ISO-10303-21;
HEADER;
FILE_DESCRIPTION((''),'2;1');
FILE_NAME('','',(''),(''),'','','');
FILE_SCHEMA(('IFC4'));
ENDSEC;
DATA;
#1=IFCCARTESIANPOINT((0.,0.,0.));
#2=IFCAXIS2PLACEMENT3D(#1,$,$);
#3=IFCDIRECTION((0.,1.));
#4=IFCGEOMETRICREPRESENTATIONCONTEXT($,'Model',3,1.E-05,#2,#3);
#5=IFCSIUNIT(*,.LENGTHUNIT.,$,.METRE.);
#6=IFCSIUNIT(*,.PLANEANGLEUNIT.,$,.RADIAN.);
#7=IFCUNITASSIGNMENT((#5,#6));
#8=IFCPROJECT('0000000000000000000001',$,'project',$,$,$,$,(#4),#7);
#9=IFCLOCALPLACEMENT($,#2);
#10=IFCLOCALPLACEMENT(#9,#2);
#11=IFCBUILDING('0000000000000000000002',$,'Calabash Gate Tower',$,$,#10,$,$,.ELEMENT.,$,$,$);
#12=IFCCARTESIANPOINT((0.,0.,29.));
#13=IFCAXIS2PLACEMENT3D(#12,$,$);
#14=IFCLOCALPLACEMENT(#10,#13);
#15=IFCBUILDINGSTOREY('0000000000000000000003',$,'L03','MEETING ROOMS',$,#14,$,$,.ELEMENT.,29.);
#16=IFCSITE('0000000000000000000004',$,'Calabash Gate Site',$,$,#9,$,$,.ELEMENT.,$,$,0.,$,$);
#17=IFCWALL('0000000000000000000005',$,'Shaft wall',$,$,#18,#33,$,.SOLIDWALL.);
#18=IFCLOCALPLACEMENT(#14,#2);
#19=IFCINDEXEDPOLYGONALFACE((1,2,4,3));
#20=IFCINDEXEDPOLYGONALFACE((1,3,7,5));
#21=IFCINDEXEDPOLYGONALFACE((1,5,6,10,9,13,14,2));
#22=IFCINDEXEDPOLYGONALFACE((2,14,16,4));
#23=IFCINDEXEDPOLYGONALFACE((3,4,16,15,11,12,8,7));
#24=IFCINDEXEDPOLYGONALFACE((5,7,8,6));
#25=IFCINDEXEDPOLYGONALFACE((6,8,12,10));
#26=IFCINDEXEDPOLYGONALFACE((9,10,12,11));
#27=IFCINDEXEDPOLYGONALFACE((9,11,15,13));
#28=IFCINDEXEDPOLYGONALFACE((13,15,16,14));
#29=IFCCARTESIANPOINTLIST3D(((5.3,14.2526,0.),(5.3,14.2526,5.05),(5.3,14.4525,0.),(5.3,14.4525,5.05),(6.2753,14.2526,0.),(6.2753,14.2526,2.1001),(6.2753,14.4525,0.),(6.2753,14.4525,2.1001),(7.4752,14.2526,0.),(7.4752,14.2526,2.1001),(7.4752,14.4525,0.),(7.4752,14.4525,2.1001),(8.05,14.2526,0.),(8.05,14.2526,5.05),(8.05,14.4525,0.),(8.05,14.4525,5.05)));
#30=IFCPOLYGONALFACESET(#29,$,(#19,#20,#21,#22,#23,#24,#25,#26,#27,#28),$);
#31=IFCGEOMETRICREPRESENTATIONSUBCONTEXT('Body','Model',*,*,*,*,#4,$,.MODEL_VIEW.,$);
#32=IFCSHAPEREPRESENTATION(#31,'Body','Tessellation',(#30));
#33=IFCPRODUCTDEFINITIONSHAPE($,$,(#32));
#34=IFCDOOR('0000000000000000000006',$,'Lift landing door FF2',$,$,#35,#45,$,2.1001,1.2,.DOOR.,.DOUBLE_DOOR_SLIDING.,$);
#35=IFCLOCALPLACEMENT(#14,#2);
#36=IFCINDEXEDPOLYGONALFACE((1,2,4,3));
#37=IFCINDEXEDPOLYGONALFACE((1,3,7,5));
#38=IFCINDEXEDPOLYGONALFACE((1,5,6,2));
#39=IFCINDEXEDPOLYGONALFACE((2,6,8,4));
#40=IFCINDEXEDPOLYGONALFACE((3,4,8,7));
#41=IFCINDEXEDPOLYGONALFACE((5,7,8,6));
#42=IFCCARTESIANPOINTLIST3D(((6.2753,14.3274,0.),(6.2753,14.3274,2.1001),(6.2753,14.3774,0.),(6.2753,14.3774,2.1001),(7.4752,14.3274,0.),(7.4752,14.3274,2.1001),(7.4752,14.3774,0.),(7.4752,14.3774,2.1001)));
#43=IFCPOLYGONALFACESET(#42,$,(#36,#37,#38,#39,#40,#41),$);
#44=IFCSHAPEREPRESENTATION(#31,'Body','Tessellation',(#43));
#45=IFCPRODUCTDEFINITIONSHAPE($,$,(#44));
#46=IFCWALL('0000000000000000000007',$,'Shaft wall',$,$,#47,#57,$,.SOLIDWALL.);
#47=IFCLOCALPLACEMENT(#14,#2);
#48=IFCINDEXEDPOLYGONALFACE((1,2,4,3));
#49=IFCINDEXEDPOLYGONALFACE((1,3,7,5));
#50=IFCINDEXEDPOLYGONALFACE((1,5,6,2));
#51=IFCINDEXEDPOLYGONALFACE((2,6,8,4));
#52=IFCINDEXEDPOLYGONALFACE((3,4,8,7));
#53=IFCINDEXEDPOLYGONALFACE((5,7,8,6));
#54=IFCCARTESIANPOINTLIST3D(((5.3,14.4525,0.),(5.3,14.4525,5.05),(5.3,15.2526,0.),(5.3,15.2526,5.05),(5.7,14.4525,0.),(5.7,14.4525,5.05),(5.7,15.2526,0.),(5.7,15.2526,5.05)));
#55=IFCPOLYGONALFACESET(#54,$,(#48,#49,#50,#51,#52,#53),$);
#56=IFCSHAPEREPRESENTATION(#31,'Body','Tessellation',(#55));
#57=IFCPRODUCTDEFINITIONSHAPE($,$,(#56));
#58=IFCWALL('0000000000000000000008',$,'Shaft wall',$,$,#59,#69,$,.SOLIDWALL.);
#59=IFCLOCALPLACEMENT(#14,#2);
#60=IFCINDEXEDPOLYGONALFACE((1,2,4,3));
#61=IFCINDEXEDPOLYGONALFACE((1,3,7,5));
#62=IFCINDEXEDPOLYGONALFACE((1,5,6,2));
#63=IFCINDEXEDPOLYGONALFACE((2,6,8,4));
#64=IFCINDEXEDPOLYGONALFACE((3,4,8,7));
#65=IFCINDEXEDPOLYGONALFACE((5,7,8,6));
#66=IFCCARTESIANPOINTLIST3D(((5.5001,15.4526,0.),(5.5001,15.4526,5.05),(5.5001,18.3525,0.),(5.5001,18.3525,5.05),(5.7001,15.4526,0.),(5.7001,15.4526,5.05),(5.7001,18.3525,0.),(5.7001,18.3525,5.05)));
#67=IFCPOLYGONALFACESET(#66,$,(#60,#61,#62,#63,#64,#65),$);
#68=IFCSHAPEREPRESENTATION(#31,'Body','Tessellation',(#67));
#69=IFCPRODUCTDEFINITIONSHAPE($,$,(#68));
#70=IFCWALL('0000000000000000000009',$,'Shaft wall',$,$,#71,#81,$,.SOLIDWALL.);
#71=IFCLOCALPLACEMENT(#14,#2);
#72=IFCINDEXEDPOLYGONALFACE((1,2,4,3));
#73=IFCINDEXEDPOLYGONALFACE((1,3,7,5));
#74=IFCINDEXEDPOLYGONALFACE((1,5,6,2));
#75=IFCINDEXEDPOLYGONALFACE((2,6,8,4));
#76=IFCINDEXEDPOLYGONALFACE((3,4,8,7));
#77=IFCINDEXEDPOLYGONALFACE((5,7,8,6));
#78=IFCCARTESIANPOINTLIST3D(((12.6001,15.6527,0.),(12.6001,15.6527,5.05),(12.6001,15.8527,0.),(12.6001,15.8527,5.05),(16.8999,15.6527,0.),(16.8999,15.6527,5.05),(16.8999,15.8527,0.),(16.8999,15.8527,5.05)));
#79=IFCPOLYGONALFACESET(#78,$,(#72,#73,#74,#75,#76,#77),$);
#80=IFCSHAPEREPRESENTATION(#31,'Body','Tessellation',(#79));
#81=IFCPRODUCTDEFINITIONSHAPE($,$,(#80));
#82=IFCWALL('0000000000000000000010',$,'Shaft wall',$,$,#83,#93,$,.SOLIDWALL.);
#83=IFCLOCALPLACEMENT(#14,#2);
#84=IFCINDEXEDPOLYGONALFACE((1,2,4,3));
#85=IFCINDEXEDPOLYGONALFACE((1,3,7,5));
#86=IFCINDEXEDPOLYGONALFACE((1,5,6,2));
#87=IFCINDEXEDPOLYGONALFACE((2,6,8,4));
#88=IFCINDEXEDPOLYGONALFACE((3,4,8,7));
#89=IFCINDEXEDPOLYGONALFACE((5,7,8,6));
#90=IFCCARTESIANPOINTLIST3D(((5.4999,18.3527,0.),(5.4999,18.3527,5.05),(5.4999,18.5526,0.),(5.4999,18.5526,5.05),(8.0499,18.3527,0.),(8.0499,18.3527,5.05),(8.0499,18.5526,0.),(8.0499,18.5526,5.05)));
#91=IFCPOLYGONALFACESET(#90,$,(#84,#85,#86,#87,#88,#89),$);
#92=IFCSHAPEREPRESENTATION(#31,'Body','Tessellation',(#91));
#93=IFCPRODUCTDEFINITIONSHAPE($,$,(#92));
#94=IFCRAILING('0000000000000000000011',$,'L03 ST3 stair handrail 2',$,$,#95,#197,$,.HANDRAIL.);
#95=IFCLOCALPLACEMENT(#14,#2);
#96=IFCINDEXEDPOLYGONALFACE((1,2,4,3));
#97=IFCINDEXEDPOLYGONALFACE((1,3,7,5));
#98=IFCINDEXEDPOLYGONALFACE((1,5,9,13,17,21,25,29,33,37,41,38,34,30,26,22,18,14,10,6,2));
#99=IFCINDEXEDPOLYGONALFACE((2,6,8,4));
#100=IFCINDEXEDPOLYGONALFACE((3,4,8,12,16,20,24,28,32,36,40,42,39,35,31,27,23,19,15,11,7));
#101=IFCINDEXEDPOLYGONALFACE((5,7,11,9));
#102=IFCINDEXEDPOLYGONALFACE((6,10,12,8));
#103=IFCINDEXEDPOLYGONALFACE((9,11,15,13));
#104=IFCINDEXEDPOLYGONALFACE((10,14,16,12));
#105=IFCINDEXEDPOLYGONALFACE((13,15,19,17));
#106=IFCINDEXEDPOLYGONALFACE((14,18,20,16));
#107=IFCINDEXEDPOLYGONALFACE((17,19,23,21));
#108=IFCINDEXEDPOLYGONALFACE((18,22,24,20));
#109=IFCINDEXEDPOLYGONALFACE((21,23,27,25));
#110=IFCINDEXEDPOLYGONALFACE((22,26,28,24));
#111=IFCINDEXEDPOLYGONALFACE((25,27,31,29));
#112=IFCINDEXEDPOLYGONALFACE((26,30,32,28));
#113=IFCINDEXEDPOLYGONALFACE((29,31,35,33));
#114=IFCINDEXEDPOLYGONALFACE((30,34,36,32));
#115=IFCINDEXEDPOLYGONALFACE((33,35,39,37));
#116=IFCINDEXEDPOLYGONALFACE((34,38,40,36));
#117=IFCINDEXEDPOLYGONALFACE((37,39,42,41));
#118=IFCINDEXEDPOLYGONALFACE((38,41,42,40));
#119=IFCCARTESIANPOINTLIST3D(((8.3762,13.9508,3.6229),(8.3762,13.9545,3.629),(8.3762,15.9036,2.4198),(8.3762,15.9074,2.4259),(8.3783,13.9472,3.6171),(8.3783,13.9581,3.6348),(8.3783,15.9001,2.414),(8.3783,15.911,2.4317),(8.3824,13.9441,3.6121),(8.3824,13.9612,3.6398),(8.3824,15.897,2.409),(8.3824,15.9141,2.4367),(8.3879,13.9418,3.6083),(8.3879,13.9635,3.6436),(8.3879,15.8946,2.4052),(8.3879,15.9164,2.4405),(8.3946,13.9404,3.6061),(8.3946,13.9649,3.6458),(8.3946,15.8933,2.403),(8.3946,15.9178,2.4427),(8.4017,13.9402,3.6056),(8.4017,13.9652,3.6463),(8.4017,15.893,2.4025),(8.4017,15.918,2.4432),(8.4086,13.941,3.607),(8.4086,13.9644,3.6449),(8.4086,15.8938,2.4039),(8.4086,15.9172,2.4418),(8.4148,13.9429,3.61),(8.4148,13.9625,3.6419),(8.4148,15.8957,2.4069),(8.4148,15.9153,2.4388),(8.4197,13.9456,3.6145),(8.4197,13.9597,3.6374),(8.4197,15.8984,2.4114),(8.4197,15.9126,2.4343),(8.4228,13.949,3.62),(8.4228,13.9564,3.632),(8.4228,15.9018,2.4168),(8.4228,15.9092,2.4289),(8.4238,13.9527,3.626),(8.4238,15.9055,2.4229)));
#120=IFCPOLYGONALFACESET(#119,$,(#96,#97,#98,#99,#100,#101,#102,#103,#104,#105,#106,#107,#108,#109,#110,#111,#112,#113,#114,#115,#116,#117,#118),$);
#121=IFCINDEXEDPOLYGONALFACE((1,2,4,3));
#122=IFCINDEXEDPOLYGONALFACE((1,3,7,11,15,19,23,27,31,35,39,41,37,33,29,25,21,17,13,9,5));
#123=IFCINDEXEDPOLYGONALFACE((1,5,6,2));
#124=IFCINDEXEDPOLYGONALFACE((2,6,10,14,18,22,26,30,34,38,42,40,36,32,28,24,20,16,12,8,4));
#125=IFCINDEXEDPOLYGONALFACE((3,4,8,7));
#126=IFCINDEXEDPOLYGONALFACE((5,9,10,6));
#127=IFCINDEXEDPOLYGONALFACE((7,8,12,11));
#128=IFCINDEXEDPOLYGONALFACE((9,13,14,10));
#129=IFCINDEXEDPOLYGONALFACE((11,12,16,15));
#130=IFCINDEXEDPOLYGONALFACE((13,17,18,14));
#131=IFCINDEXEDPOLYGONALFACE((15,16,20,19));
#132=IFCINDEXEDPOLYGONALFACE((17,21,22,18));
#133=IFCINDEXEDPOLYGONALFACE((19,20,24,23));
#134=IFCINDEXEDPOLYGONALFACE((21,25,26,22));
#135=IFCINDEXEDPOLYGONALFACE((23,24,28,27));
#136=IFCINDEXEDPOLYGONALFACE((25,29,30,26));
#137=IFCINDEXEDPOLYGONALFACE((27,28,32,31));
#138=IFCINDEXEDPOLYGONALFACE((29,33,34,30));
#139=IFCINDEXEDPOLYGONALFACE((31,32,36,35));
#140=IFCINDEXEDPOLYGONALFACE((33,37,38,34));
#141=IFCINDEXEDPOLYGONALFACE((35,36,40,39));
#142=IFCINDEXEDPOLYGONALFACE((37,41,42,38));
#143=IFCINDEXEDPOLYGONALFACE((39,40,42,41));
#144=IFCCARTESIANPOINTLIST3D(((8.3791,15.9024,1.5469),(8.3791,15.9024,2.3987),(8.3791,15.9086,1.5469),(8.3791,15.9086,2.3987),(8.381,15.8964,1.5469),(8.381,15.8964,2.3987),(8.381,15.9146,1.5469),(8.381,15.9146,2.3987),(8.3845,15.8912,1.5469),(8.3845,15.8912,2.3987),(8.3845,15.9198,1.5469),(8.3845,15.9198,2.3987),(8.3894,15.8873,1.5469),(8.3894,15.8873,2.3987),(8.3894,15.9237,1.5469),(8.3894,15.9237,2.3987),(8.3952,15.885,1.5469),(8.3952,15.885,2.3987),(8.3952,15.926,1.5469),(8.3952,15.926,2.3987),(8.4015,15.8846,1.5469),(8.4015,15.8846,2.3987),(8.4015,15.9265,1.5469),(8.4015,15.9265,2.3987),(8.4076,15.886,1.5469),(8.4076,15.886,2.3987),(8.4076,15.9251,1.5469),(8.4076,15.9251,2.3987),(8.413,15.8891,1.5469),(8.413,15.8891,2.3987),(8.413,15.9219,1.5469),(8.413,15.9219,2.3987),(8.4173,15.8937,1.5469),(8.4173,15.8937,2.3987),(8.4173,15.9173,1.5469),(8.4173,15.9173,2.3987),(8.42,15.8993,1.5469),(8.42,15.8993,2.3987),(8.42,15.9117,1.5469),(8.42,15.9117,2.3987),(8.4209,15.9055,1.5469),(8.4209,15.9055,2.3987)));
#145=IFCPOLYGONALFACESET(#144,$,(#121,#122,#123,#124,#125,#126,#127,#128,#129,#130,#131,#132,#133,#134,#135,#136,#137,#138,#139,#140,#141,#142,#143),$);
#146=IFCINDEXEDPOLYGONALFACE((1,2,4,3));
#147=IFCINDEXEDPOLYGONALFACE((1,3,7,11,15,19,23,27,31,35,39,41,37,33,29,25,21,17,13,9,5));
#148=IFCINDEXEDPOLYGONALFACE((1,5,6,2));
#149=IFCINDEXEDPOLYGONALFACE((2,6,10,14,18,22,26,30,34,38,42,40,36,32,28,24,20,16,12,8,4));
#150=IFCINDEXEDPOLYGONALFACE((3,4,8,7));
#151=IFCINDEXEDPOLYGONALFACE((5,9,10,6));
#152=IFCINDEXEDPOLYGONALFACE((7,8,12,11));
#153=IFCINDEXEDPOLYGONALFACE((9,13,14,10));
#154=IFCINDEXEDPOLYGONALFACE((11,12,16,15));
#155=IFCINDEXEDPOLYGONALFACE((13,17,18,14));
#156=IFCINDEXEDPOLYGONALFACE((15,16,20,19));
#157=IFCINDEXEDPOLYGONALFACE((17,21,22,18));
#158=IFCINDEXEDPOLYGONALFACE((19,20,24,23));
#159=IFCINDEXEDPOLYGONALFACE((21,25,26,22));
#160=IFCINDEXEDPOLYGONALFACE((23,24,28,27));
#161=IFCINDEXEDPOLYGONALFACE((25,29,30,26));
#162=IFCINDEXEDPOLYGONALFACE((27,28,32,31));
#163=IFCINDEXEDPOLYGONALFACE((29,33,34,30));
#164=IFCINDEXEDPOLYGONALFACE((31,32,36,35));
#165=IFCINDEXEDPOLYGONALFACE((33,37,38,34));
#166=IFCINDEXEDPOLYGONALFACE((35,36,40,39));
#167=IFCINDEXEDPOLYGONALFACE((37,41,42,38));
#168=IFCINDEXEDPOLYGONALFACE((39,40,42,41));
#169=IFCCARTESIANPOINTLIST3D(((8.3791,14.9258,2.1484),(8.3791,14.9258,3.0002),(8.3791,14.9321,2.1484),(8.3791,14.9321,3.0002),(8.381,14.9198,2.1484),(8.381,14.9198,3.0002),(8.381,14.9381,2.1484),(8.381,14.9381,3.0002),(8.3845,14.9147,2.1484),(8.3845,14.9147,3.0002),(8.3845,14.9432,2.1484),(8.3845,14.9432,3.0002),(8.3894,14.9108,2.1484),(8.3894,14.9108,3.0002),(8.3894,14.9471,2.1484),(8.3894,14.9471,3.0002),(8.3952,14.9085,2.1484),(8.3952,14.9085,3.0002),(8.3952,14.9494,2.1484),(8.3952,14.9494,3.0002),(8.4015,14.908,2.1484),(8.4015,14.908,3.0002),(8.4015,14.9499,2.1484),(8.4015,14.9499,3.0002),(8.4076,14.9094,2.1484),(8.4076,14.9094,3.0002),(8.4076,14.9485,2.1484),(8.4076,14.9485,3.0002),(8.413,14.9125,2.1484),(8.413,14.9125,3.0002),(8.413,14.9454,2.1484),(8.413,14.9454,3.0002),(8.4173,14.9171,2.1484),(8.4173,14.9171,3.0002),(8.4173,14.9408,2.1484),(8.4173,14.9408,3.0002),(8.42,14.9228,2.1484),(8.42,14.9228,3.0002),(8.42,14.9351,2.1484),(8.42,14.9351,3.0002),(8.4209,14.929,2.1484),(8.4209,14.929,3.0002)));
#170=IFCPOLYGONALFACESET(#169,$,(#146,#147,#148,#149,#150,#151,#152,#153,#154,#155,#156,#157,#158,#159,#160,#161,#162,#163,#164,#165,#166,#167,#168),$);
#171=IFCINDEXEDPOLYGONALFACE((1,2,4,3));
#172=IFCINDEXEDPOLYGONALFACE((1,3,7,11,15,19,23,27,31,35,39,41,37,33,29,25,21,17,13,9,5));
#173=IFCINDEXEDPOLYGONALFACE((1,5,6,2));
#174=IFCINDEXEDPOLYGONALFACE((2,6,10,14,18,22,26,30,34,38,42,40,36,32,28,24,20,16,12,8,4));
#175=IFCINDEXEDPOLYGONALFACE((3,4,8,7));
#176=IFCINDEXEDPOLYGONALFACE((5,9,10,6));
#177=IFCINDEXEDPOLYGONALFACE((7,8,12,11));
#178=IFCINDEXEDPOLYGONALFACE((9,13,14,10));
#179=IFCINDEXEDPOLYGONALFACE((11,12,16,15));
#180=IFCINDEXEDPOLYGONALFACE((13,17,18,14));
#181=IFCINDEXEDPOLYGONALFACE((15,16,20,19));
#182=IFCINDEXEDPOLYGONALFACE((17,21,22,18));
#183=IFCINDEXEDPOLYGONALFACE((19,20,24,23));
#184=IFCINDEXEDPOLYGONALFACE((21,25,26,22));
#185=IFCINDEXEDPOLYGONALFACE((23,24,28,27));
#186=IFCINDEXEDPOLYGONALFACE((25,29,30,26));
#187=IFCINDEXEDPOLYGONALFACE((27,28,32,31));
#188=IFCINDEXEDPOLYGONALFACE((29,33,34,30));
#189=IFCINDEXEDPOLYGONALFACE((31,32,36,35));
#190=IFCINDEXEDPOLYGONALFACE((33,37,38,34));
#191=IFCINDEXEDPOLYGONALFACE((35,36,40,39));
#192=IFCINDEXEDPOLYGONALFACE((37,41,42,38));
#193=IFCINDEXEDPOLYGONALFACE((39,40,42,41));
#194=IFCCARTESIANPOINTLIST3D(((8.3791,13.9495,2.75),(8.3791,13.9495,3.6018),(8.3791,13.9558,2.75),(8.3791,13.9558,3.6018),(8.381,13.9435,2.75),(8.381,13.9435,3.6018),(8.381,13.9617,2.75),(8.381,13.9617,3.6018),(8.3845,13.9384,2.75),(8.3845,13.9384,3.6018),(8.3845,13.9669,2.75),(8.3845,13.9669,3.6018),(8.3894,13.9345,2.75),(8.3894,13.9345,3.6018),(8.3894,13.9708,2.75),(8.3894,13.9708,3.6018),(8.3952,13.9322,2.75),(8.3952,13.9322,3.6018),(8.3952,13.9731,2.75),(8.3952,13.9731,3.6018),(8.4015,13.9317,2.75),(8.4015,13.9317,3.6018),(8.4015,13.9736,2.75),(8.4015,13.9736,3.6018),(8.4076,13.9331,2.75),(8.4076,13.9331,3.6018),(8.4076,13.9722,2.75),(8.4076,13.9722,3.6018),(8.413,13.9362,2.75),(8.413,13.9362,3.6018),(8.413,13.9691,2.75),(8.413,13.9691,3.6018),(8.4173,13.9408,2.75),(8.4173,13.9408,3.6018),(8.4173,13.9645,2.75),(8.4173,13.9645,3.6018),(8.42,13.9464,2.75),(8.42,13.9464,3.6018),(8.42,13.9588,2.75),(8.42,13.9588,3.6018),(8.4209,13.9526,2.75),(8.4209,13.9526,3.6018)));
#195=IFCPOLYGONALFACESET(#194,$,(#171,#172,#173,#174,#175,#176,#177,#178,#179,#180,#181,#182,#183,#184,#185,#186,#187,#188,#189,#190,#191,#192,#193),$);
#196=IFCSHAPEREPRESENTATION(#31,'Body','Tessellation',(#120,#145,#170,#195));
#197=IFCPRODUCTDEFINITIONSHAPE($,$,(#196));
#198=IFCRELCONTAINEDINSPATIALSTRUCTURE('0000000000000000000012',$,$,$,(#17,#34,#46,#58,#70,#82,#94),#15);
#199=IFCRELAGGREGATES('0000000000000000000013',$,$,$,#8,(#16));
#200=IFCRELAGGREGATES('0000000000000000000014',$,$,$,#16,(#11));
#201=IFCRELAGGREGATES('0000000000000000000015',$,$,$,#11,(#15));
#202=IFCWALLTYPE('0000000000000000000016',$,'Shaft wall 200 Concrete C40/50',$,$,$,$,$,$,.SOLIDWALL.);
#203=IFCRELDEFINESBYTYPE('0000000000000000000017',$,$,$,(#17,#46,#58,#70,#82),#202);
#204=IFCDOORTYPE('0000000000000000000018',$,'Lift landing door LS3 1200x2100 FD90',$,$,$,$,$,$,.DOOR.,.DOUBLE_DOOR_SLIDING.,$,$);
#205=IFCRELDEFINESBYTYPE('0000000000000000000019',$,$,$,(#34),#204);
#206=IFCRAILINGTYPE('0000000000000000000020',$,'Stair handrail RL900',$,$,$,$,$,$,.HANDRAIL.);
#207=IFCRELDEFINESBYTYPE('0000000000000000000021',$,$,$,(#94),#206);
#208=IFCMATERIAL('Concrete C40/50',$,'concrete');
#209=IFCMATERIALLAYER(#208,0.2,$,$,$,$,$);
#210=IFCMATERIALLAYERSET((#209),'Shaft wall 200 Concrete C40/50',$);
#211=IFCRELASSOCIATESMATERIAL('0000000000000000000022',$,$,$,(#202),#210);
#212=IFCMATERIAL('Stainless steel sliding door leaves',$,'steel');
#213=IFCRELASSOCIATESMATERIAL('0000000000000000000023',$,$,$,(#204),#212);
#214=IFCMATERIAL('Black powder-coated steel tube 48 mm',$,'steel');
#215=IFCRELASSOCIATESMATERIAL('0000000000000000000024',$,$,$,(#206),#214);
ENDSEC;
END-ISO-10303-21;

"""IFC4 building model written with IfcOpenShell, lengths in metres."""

from ifc_helpers import new_model, si_unit, direction, frame, frame_2d, origin, origin_2d, place, context, subcontext, project, spatial, rectangle, circle, extrude, material, layer, layer_set, type_object, element, fill, save


model = new_model("IFC4")

# Units and contexts
model_context = context("Model", 3, precision=1e-05, world=origin(), true_north=direction((0.0, 1.0)))
body_context = subcontext(model_context, "Body", "Model", "MODEL_VIEW")
ifc_project = project(units=[si_unit("LENGTHUNIT", "METRE"), si_unit("PLANEANGLEUNIT", "RADIAN")], contexts=[model_context])

# Site, building, storey
site_placement = place(None, origin())
site = spatial("IfcSite", under=ifc_project, at=site_placement, Name="Calabash Gate Site", CompositionType="ELEMENT", RefElevation=0.0)
building_placement = place(site_placement, origin())
building = spatial("IfcBuilding", under=site, at=building_placement, Name="Calabash Gate Tower", CompositionType="ELEMENT")
storey_placement = place(building_placement, frame((0.0, 0.0, 29.0)))
storey = spatial("IfcBuildingStorey", under=building, at=storey_placement, Name="L03", Description="MEETING ROOMS", CompositionType="ELEMENT", Elevation=29.0)

# Wall, opening, door
ifc_material_1 = material(Name="Concrete C40/50", Category="concrete")
ifc_layer_1 = layer(ifc_material_1, 0.2)
ifc_layer_set_1 = layer_set([ifc_layer_1], Name="Shaft wall 200 Concrete C40/50")
wall_type_1 = type_object("IfcWallType", Name="Shaft wall 200 Concrete C40/50", PredefinedType="SOLIDWALL", material=ifc_layer_set_1)
wall_1_placement = place(storey_placement, frame((5.3, 14.3525, 0.0), z_axis=(0.0, 0.0, 1.0), x_axis=(1.0, 0.0, 0.0)))
wall_1 = element("IfcWall", 1, at=wall_1_placement, inside=storey, type_object=wall_type_1, Name="Shaft wall", PredefinedType="SOLIDWALL", context=body_context, shape_type="SweptSolid", body=[
    extrude(rectangle(XDim=2.75, YDim=0.2, at=frame_2d((1.375, 0.0))), origin(), (0.0, 0.0, 1.0), 5.05),
])
opening_1_placement = place(wall_1_placement, frame((0.9751, 0.0, 0.0)))
opening_1 = element("IfcOpeningElement", 2, at=opening_1_placement, cuts=wall_1, PredefinedType="OPENING", context=body_context, shape_type="SweptSolid", body=[
    extrude(rectangle(XDim=1.2, YDim=2.1001, at=frame_2d((0.6001, 1.05))), frame((0.0, 0.1099, 0.0), z_axis=(0.0, -1.0, 0.0), x_axis=(1.0, 0.0, 0.0)), (0.0, 0.0, 1.0), 0.22),
])
ifc_material_2 = material(Name="Stainless steel sliding door leaves", Category="steel")
door_type = type_object("IfcDoorType", Name="Lift landing door LS3 1200x2100 FD90", OperationType="DOUBLE_DOOR_SLIDING", PredefinedType="DOOR", material=ifc_material_2)
door_placement = place(opening_1_placement, origin())
door = element("IfcDoor", 3, at=door_placement, inside=storey, type_object=door_type, Name="Lift landing door FF2", OperationType="DOUBLE_DOOR_SLIDING", OverallHeight=2.1001, OverallWidth=1.2, PredefinedType="DOOR", context=body_context, shape_type="SweptSolid", body=[
    extrude(rectangle(XDim=1.2, YDim=2.1001, at=frame_2d((0.6001, 1.05))), frame((0.0, 0.0249, 0.0), z_axis=(0.0, -1.0, 0.0), x_axis=(1.0, 0.0, 0.0)), (0.0, 0.0, 1.0), 0.05),
])
fill(opening_1, door)

# Walls
wall_2_placement = place(storey_placement, frame((5.5, 14.4526, 0.0), z_axis=(0.0, 0.0, 1.0), x_axis=(0.0, 1.0, 0.0)))
element("IfcWall", 4, at=wall_2_placement, inside=storey, type_object=wall_type_1, Name="Shaft wall", PredefinedType="SOLIDWALL", context=body_context, shape_type="SweptSolid", body=[
    extrude(rectangle(XDim=0.8, YDim=0.3999, at=frame_2d((0.3999, 0.0))), origin(), (0.0, 0.0, 1.0), 5.05),
])
wall_3_placement = place(storey_placement, frame((5.6001, 15.4526, 0.0), z_axis=(0.0, 0.0, 1.0), x_axis=(0.0, 1.0, 0.0)))
element("IfcWall", 5, at=wall_3_placement, inside=storey, type_object=wall_type_1, Name="Shaft wall", PredefinedType="SOLIDWALL", context=body_context, shape_type="SweptSolid", body=[
    extrude(rectangle(XDim=2.8999, YDim=0.2, at=frame_2d((1.45, 0.0))), origin(), (0.0, 0.0, 1.0), 5.05),
])
wall_4_placement = place(storey_placement, frame((12.6001, 15.7527, 0.0), z_axis=(0.0, 0.0, 1.0), x_axis=(1.0, 0.0, 0.0)))
element("IfcWall", 6, at=wall_4_placement, inside=storey, type_object=wall_type_1, Name="Shaft wall", PredefinedType="SOLIDWALL", context=body_context, shape_type="SweptSolid", body=[
    extrude(rectangle(XDim=4.2998, YDim=0.2, at=frame_2d((2.1499, 0.0))), origin(), (0.0, 0.0, 1.0), 5.05),
])
wall_5_placement = place(storey_placement, frame((5.5, 18.4526, 0.0), z_axis=(0.0, 0.0, 1.0), x_axis=(1.0, 0.0, 0.0)))
element("IfcWall", 7, at=wall_5_placement, inside=storey, type_object=wall_type_1, Name="Shaft wall", PredefinedType="SOLIDWALL", context=body_context, shape_type="SweptSolid", body=[
    extrude(rectangle(XDim=2.55, YDim=0.2, at=frame_2d((1.2749, 0.0))), origin(), (0.0, 0.0, 1.0), 5.05),
])

# Railing
ifc_material_3 = material(Name="Black powder-coated steel tube 48 mm", Category="steel")
railing_type = type_object("IfcRailingType", Name="Stair handrail RL900", PredefinedType="HANDRAIL", material=ifc_material_3)
railing_1_placement = place(storey_placement, frame((8.3999, 15.9055, 1.5469)))
element("IfcRailing", 8, at=railing_1_placement, inside=storey, type_object=railing_type, Name="L03 ST3 stair handrail 2", PredefinedType="HANDRAIL", context=body_context, shape_type="SweptSolid", body=[
    extrude(circle(Radius=0.0239, at=origin_2d()), frame((0.0, 0.0, 0.876), z_axis=(0.0, -0.851395, 0.524525), x_axis=(1.0, 0.0, 0.0)), (0.0, 0.0, 1.0), 2.2937),
    extrude(circle(Radius=0.021, at=origin_2d()), origin(), (0.0, 0.0, 1.0), 0.8518),
    extrude(circle(Radius=0.021, at=origin_2d()), frame((0.0, -0.9766, 0.6016)), (0.0, 0.0, 1.0), 0.8518),
    extrude(circle(Radius=0.021, at=origin_2d()), frame((0.0, -1.9529, 1.2031)), (0.0, 0.0, 1.0), 0.8518),
])

save(model, "model.ifc")
